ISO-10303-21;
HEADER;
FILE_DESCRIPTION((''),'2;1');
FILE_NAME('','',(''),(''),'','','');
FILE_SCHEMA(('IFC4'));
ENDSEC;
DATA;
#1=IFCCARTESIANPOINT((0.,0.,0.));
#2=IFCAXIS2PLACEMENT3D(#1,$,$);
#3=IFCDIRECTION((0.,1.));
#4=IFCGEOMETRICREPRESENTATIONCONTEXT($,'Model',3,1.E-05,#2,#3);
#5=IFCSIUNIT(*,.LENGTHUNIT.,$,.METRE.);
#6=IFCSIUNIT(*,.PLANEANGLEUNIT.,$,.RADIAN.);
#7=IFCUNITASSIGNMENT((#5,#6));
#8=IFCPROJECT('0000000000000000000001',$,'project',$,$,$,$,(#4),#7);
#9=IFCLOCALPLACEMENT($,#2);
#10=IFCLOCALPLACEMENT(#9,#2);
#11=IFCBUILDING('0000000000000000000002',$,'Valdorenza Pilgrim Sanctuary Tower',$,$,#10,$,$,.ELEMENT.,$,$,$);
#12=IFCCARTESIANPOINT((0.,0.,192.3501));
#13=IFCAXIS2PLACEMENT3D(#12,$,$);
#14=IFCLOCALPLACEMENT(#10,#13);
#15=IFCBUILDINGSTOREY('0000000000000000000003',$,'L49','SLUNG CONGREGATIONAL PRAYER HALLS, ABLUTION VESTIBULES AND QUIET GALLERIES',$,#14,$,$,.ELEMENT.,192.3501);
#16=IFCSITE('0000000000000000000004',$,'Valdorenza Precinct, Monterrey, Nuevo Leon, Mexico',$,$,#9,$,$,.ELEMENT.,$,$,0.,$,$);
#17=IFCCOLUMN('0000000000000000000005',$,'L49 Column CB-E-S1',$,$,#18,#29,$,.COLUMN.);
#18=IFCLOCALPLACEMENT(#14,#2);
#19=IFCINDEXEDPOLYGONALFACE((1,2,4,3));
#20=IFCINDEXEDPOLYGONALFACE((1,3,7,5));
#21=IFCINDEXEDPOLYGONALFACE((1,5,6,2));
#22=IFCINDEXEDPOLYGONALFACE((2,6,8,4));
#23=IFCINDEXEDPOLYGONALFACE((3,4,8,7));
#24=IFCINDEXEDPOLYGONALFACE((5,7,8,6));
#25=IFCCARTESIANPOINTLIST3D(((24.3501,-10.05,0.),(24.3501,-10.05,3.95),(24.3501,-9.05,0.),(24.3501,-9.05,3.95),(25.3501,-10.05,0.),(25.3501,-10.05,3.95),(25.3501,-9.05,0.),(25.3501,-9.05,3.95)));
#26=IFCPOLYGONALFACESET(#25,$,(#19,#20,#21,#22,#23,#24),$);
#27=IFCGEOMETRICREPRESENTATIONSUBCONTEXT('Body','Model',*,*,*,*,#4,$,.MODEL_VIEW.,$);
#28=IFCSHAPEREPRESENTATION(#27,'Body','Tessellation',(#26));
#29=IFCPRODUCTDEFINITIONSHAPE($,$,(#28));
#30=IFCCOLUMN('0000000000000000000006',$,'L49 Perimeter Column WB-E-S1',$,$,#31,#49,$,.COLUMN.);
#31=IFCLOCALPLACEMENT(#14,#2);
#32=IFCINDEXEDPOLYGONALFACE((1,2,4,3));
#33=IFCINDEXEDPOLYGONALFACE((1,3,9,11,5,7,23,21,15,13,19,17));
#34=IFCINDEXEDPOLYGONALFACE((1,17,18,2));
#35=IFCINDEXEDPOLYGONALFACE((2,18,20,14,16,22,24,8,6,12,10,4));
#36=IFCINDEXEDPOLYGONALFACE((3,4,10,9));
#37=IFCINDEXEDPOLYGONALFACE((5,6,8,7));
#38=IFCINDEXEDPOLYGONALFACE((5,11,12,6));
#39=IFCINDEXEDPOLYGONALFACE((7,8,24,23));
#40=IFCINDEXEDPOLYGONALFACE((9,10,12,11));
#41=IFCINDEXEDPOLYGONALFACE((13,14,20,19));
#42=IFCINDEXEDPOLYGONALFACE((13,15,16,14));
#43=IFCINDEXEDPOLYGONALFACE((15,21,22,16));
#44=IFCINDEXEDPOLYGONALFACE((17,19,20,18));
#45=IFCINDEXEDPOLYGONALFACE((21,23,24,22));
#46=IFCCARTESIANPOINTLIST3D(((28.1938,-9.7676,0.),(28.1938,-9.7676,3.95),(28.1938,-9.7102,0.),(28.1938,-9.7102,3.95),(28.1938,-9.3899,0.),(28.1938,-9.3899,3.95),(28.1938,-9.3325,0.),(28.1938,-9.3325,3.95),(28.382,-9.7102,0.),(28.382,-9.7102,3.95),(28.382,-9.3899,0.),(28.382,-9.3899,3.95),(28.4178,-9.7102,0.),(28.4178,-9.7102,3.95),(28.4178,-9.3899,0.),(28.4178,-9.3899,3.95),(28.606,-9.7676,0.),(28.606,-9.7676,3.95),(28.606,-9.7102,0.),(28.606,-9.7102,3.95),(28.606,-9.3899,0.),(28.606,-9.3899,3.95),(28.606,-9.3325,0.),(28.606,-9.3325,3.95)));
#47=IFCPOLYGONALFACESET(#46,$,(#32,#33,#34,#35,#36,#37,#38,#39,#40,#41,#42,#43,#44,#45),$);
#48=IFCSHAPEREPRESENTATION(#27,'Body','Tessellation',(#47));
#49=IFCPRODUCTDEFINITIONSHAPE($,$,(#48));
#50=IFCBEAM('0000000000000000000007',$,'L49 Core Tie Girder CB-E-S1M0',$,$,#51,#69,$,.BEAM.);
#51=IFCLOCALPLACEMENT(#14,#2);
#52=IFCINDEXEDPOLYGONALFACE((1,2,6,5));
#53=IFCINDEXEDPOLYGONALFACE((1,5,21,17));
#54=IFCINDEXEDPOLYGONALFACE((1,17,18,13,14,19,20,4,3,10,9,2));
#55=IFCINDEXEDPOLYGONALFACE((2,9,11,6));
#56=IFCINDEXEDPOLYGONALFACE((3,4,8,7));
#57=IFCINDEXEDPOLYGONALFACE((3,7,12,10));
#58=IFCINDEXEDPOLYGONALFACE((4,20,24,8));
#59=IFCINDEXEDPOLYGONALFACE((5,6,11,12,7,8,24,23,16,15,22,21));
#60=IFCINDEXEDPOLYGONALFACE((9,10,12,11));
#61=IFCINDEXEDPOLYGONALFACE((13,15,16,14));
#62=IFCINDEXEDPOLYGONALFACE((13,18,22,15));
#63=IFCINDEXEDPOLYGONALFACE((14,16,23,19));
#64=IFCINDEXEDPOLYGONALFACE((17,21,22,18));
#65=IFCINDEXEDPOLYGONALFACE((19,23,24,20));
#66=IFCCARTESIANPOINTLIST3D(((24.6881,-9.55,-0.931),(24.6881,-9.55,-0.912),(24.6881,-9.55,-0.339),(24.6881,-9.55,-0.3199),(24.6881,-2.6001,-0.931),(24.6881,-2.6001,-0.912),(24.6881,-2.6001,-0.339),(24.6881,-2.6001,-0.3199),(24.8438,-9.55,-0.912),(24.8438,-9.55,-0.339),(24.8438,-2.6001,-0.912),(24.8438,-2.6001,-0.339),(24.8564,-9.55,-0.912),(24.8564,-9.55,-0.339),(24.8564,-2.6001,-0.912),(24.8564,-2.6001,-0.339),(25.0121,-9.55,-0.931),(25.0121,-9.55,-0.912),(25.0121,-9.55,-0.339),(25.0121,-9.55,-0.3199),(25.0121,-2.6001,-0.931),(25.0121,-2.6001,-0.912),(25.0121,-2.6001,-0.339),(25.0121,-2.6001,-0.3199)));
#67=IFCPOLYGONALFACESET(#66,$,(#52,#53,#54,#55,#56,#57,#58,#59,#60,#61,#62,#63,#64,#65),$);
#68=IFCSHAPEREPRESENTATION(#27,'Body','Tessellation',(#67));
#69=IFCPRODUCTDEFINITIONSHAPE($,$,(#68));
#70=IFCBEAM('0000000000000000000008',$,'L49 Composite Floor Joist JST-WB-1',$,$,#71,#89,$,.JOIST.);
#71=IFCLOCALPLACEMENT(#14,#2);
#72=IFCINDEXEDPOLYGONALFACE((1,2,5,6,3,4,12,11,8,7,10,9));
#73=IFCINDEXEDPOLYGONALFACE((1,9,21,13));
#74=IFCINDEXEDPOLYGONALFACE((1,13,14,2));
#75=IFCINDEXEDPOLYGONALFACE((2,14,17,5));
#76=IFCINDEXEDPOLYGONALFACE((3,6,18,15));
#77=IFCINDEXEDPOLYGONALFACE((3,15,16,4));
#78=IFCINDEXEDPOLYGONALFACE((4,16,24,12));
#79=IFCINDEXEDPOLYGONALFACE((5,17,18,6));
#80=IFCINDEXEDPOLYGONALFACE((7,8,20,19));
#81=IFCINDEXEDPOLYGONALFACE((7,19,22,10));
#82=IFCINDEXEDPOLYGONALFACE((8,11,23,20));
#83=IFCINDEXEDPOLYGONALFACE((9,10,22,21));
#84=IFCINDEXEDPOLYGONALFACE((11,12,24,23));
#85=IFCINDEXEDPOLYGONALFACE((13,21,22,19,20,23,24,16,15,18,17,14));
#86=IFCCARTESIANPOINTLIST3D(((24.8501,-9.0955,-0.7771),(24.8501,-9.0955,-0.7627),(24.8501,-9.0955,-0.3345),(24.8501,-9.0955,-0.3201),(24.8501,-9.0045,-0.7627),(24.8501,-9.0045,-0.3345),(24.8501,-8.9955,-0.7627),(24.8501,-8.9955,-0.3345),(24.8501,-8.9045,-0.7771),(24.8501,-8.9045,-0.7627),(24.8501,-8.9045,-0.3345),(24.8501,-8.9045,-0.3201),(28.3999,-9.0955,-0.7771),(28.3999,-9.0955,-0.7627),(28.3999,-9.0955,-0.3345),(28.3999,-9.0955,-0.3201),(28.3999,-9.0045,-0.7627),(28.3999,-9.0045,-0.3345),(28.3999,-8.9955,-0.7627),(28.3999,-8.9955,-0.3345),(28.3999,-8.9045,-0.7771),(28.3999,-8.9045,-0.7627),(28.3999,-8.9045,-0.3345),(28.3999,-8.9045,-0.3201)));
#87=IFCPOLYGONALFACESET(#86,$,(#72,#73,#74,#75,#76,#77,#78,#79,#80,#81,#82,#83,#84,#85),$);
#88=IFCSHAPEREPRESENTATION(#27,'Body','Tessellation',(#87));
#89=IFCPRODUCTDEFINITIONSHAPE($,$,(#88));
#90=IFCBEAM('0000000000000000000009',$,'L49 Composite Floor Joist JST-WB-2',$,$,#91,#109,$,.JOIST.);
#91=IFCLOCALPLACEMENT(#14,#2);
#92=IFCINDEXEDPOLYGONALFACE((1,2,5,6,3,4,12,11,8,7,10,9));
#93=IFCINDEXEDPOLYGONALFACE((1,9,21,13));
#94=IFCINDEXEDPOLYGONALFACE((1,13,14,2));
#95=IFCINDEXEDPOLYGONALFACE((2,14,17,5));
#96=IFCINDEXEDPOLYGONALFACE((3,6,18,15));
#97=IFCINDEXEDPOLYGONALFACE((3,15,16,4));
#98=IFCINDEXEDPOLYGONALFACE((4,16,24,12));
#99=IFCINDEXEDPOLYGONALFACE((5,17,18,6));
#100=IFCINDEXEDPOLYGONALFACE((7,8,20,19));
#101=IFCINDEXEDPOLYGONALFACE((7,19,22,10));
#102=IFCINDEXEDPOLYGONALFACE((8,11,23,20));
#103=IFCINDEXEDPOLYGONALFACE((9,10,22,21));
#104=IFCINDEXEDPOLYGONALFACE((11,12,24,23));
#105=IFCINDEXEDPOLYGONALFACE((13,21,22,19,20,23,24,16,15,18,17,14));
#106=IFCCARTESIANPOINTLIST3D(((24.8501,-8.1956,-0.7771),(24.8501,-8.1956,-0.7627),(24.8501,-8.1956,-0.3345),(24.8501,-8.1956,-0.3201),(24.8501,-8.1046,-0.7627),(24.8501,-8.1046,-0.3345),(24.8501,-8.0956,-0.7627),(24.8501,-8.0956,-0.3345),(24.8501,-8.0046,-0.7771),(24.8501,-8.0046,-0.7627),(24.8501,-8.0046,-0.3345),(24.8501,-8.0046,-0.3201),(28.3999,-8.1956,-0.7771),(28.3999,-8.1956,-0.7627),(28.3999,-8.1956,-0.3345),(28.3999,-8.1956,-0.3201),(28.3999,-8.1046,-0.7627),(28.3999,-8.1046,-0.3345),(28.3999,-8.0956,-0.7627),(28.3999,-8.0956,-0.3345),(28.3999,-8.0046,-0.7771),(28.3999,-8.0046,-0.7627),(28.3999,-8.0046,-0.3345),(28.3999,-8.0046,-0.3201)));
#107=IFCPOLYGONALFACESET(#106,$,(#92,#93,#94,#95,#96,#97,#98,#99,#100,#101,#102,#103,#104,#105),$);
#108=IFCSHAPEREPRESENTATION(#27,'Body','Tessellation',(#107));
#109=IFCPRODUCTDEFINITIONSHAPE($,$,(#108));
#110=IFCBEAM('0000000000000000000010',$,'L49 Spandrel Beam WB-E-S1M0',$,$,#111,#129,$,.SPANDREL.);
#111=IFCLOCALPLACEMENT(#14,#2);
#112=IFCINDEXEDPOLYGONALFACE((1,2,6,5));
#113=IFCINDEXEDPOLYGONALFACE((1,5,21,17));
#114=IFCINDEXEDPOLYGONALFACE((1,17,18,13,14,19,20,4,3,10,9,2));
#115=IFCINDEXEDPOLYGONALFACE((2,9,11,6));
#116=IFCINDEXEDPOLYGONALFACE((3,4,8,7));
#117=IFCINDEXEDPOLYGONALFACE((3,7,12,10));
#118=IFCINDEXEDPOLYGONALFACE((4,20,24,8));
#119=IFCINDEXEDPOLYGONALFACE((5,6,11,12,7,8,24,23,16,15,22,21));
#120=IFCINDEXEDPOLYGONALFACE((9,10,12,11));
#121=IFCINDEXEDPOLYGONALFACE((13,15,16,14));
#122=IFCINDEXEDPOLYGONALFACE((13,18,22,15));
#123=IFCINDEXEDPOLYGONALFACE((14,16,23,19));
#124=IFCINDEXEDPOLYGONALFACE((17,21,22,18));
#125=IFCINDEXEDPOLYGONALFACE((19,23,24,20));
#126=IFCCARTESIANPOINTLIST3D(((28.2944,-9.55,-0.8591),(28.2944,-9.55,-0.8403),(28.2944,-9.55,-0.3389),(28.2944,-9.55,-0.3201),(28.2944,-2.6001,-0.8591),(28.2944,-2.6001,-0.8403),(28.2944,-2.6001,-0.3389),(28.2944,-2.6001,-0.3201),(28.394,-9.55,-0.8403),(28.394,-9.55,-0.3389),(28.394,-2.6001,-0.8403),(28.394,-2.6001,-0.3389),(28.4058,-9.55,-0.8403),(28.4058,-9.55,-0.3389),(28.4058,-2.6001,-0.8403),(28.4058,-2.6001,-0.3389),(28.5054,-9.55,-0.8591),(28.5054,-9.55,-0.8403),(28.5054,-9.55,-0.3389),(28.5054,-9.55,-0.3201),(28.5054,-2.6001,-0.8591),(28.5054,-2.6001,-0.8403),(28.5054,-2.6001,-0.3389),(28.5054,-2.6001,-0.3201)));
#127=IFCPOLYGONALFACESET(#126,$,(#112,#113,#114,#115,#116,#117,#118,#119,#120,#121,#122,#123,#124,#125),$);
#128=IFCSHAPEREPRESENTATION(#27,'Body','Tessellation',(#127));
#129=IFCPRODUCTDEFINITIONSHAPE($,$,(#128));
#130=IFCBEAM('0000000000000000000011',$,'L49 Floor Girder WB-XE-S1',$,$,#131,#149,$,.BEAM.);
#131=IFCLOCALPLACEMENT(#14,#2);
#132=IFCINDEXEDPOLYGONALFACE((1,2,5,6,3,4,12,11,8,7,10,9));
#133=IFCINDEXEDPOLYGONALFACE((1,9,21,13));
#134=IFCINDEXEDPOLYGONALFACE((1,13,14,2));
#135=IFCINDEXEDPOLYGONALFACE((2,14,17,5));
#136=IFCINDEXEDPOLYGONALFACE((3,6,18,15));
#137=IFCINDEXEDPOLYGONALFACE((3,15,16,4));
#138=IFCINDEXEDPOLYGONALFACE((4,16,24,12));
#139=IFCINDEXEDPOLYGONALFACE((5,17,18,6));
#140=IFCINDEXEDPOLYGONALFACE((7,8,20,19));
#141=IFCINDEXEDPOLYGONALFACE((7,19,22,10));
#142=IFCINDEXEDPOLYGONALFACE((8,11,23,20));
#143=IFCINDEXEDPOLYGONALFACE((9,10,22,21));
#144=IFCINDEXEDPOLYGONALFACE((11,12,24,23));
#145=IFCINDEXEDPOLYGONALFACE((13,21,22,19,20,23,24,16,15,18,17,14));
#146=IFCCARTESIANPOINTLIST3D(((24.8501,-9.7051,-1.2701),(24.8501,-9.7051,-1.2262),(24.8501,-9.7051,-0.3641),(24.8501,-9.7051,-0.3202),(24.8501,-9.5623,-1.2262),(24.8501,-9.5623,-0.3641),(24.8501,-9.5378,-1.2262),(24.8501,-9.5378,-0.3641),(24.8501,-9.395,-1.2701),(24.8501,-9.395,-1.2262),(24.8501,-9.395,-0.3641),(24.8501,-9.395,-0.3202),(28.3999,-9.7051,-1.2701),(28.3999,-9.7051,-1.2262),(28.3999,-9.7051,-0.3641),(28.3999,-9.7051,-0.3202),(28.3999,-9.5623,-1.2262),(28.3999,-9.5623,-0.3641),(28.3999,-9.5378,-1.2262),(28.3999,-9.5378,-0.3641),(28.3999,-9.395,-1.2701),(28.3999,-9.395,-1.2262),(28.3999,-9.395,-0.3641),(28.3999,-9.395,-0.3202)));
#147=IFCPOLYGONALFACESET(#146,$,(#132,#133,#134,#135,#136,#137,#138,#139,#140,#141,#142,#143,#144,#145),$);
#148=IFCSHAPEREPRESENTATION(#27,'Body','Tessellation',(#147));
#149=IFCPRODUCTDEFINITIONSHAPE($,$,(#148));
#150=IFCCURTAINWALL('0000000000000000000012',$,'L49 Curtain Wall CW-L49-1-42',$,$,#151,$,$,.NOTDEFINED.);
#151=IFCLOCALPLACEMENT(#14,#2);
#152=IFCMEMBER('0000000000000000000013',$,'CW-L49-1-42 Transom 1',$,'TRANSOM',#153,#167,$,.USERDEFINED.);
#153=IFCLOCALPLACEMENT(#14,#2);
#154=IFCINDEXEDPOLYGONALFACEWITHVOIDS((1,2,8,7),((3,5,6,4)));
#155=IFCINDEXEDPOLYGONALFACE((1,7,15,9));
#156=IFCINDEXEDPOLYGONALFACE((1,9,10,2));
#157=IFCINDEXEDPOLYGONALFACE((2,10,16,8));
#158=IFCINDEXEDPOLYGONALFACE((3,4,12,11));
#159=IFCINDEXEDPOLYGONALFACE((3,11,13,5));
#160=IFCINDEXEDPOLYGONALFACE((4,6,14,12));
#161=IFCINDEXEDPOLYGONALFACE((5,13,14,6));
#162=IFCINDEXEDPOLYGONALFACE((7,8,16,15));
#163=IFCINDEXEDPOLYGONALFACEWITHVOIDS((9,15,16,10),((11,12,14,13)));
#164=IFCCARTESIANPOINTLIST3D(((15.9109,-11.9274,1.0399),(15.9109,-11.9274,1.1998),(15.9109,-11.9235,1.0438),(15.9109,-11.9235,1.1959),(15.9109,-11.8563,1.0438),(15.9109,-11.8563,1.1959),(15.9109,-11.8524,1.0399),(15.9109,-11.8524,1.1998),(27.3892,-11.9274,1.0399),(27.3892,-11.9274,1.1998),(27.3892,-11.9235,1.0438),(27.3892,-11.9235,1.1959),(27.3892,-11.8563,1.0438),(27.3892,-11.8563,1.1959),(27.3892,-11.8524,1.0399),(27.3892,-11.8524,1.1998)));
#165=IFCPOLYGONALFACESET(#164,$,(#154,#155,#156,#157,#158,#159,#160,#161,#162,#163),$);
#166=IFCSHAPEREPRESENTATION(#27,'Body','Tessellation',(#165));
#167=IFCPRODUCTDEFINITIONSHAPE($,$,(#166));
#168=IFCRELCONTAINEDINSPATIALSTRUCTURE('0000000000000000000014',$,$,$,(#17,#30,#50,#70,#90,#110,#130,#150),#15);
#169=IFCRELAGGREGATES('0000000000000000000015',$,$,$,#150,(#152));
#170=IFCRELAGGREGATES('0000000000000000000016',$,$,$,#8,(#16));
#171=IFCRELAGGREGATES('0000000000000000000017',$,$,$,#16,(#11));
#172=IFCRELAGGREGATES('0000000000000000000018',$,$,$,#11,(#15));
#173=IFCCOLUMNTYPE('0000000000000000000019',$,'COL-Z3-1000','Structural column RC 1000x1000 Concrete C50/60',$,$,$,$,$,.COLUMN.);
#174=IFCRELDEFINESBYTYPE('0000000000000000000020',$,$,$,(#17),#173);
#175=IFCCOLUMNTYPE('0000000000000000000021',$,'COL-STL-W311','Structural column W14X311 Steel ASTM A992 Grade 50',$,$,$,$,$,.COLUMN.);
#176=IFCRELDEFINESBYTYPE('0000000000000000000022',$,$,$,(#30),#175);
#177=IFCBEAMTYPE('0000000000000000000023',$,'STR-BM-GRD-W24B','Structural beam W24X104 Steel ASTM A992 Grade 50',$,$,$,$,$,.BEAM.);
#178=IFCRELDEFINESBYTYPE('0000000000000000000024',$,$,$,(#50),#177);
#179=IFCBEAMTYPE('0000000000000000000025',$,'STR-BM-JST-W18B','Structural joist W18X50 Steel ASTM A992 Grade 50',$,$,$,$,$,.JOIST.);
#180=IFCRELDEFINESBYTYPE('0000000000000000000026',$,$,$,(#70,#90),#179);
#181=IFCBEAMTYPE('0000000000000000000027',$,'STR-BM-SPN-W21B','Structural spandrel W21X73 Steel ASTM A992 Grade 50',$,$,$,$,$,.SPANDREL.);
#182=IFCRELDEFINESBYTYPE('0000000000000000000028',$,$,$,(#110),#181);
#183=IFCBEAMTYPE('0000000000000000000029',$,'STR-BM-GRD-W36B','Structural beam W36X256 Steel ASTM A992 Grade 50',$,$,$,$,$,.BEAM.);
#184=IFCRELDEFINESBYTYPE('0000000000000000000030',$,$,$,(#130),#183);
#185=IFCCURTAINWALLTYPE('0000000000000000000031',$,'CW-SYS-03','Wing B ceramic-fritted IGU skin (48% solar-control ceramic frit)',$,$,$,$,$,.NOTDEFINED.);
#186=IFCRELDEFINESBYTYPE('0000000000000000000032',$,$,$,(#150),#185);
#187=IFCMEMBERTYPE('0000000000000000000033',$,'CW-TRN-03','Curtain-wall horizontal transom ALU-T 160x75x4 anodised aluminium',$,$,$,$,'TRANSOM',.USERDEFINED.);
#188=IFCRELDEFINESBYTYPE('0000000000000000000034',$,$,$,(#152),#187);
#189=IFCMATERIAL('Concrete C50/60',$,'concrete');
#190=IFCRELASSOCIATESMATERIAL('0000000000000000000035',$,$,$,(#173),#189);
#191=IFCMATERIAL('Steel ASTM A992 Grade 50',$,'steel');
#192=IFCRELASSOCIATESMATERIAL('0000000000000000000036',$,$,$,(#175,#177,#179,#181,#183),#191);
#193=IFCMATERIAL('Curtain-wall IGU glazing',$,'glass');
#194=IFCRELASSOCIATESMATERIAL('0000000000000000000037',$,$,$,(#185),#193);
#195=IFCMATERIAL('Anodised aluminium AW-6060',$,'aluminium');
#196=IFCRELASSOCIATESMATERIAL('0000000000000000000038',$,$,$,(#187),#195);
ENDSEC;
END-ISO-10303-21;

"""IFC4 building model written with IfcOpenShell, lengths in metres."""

from ifc_helpers import new_model, si_unit, direction, frame, origin, origin_2d, place, context, subcontext, project, spatial, rectangle, hollow_rectangle, i_section, extrude, source, transform, mapped, material, material_profile, profile_set, type_object, element, aggregate, save


model = new_model("IFC4")

# Units and contexts
model_context = context("Model", 3, precision=1e-05, world=origin(), true_north=direction((0.0, 1.0)))
body_context = subcontext(model_context, "Body", "Model", "MODEL_VIEW")
ifc_project = project(units=[si_unit("LENGTHUNIT", "METRE"), si_unit("PLANEANGLEUNIT", "RADIAN")], contexts=[model_context])

# Site, building, storey
site_placement = place(None, origin())
site = spatial("IfcSite", under=ifc_project, at=site_placement, Name="Valdorenza Precinct, Monterrey, Nuevo Leon, Mexico", CompositionType="ELEMENT", RefElevation=0.0)
building_placement = place(site_placement, origin())
building = spatial("IfcBuilding", under=site, at=building_placement, Name="Valdorenza Pilgrim Sanctuary Tower", CompositionType="ELEMENT")
storey_placement = place(building_placement, frame((0.0, 0.0, 192.3501)))
storey = spatial("IfcBuildingStorey", under=building, at=storey_placement, Name="L49", Description="SLUNG CONGREGATIONAL PRAYER HALLS, ABLUTION VESTIBULES AND QUIET GALLERIES", CompositionType="ELEMENT", Elevation=192.3501)

# Columns
ifc_material_1 = material(Name="Concrete C50/60", Category="concrete")
ifc_material_profile_1 = material_profile(ifc_material_1, rectangle(XDim=1.0, YDim=1.0, at=origin_2d()), Name="RC 1000x1000")
ifc_profile_set_1 = profile_set([ifc_material_profile_1], Name="Concrete C50/60")
column_type_1 = type_object("IfcColumnType", Name="COL-Z3-1000", Description="Structural column RC 1000x1000 Concrete C50/60", PredefinedType="COLUMN", material=ifc_profile_set_1)
shared_shape_1 = source(origin(), body_context, "Body", "SweptSolid", [
    extrude(rectangle(XDim=1.0, YDim=1.0, at=origin_2d()), origin(), (0.0, 0.0, 1.0), 3.95),
])
column_1_placement = place(storey_placement, frame((24.8501, -9.55, 0.0), z_axis=(0.0, 0.0, 1.0), x_axis=(1.0, 0.0, 0.0)))
element("IfcColumn", 1, at=column_1_placement, inside=storey, type_object=column_type_1, Name="L49 Column CB-E-S1", PredefinedType="COLUMN", context=body_context, shape_type="MappedRepresentation", body=[
    mapped(shared_shape_1, transform((0.0, 0.0, 0.0), x_axis=(1.0, 0.0, 0.0), y_axis=(0.0, 1.0, 0.0), z_axis=(0.0, 0.0, 1.0), scale=1.0)),
])
ifc_material_2 = material(Name="Steel ASTM A992 Grade 50", Category="steel")
ifc_material_profile_2 = material_profile(ifc_material_2, i_section(OverallWidth=0.4121, OverallDepth=0.4351, WebThickness=0.0359, FlangeThickness=0.0574, at=origin_2d()), Name="W14X311")
ifc_profile_set_2 = profile_set([ifc_material_profile_2], Name="Steel ASTM A992 Grade 50")
column_type_2 = type_object("IfcColumnType", Name="COL-STL-W311", Description="Structural column W14X311 Steel ASTM A992 Grade 50", PredefinedType="COLUMN", material=ifc_profile_set_2)
shared_shape_2 = source(origin(), body_context, "Body", "SweptSolid", [
    extrude(i_section(OverallWidth=0.4121, OverallDepth=0.4351, WebThickness=0.0359, FlangeThickness=0.0574, at=origin_2d()), origin(), (0.0, 0.0, 1.0), 3.95),
])
column_2_placement = place(storey_placement, frame((28.3999, -9.55, 0.0), z_axis=(0.0, 0.0, 1.0), x_axis=(1.0, 0.0, 0.0)))
element("IfcColumn", 2, at=column_2_placement, inside=storey, type_object=column_type_2, Name="L49 Perimeter Column WB-E-S1", PredefinedType="COLUMN", context=body_context, shape_type="MappedRepresentation", body=[
    mapped(shared_shape_2, transform((0.0, 0.0, 0.0), x_axis=(1.0, 0.0, 0.0), y_axis=(0.0, 1.0, 0.0), z_axis=(0.0, 0.0, 1.0), scale=1.0)),
])

# Beams
ifc_material_profile_3 = material_profile(ifc_material_2, i_section(OverallWidth=0.324, OverallDepth=0.6111, WebThickness=0.0127, FlangeThickness=0.019, at=origin_2d()), Name="W24X104")
ifc_profile_set_3 = profile_set([ifc_material_profile_3], Name="Steel ASTM A992 Grade 50")
beam_type_1 = type_object("IfcBeamType", Name="STR-BM-GRD-W24B", Description="Structural beam W24X104 Steel ASTM A992 Grade 50", PredefinedType="BEAM", material=ifc_profile_set_3)
shared_shape_3 = source(origin(), body_context, "Body", "SweptSolid", [
    extrude(i_section(OverallWidth=0.324, OverallDepth=0.6111, WebThickness=0.0127, FlangeThickness=0.019, at=origin_2d()), origin(), (0.0, 0.0, 1.0), 6.95),
])
beam_1_placement = place(storey_placement, frame((24.8501, -9.55, -0.6255), z_axis=(0.0, 1.0, 0.0), x_axis=(-1.0, 0.0, 0.0)))
element("IfcBeam", 3, at=beam_1_placement, inside=storey, type_object=beam_type_1, Name="L49 Core Tie Girder CB-E-S1M0", PredefinedType="BEAM", context=body_context, shape_type="MappedRepresentation", body=[
    mapped(shared_shape_3, transform((0.0, 0.0, 0.0), x_axis=(1.0, 0.0, 0.0), y_axis=(0.0, 1.0, 0.0), z_axis=(0.0, 0.0, 1.0), scale=1.0)),
])
ifc_material_profile_4 = material_profile(ifc_material_2, i_section(OverallWidth=0.1909, OverallDepth=0.457, WebThickness=0.009, FlangeThickness=0.0144, at=origin_2d()), Name="W18X50")
ifc_profile_set_4 = profile_set([ifc_material_profile_4], Name="Steel ASTM A992 Grade 50")
beam_type_2 = type_object("IfcBeamType", Name="STR-BM-JST-W18B", Description="Structural joist W18X50 Steel ASTM A992 Grade 50", PredefinedType="JOIST", material=ifc_profile_set_4)
shared_shape_4 = source(origin(), body_context, "Body", "SweptSolid", [
    extrude(i_section(OverallWidth=0.1909, OverallDepth=0.457, WebThickness=0.009, FlangeThickness=0.0144, at=origin_2d()), origin(), (0.0, 0.0, 1.0), 3.5498),
])
for number, where, z_axis, x_axis, name in (
    (4, (24.8501, -9.0, -0.5486), (1.0, 0.0, 0.0), (0.0, 1.0, 0.0), "L49 Composite Floor Joist JST-WB-1"),
    (5, (24.8501, -8.1001, -0.5486), (1.0, 0.0, 0.0), (0.0, 1.0, 0.0), "L49 Composite Floor Joist JST-WB-2"),
):
    element("IfcBeam", number, at=place(storey_placement, frame(where, z_axis=z_axis, x_axis=x_axis)), inside=storey, type_object=beam_type_2, Name=name, PredefinedType="JOIST", context=body_context, shape_type="MappedRepresentation", body=[
        mapped(shared_shape_4, transform((0.0, 0.0, 0.0), x_axis=(1.0, 0.0, 0.0), y_axis=(0.0, 1.0, 0.0), z_axis=(0.0, 0.0, 1.0), scale=1.0)),
    ])
ifc_material_profile_5 = material_profile(ifc_material_2, i_section(OverallWidth=0.2109, OverallDepth=0.5391, WebThickness=0.0117, FlangeThickness=0.0188, at=origin_2d()), Name="W21X73")
ifc_profile_set_5 = profile_set([ifc_material_profile_5], Name="Steel ASTM A992 Grade 50")
beam_type_3 = type_object("IfcBeamType", Name="STR-BM-SPN-W21B", Description="Structural spandrel W21X73 Steel ASTM A992 Grade 50", PredefinedType="SPANDREL", material=ifc_profile_set_5)
shared_shape_5 = source(origin(), body_context, "Body", "SweptSolid", [
    extrude(i_section(OverallWidth=0.2109, OverallDepth=0.5391, WebThickness=0.0117, FlangeThickness=0.0188, at=origin_2d()), origin(), (0.0, 0.0, 1.0), 6.95),
])
beam_2_placement = place(storey_placement, frame((28.3999, -9.55, -0.5896), z_axis=(0.0, 1.0, 0.0), x_axis=(-1.0, 0.0, 0.0)))
element("IfcBeam", 6, at=beam_2_placement, inside=storey, type_object=beam_type_3, Name="L49 Spandrel Beam WB-E-S1M0", PredefinedType="SPANDREL", context=body_context, shape_type="MappedRepresentation", body=[
    mapped(shared_shape_5, transform((0.0, 0.0, 0.0), x_axis=(1.0, 0.0, 0.0), y_axis=(0.0, 1.0, 0.0), z_axis=(0.0, 0.0, 1.0), scale=1.0)),
])
ifc_material_profile_6 = material_profile(ifc_material_2, i_section(OverallWidth=0.3101, OverallDepth=0.95, WebThickness=0.0244, FlangeThickness=0.0439, at=origin_2d()), Name="W36X256")
ifc_profile_set_6 = profile_set([ifc_material_profile_6], Name="Steel ASTM A992 Grade 50")
beam_type_4 = type_object("IfcBeamType", Name="STR-BM-GRD-W36B", Description="Structural beam W36X256 Steel ASTM A992 Grade 50", PredefinedType="BEAM", material=ifc_profile_set_6)
shared_shape_6 = source(origin(), body_context, "Body", "SweptSolid", [
    extrude(i_section(OverallWidth=0.3101, OverallDepth=0.95, WebThickness=0.0244, FlangeThickness=0.0439, at=origin_2d()), origin(), (0.0, 0.0, 1.0), 3.5498),
])
beam_3_placement = place(storey_placement, frame((24.8501, -9.55, -0.7952), z_axis=(1.0, 0.0, 0.0), x_axis=(0.0, 1.0, 0.0)))
element("IfcBeam", 7, at=beam_3_placement, inside=storey, type_object=beam_type_4, Name="L49 Floor Girder WB-XE-S1", PredefinedType="BEAM", context=body_context, shape_type="MappedRepresentation", body=[
    mapped(shared_shape_6, transform((0.0, 0.0, 0.0), x_axis=(1.0, 0.0, 0.0), y_axis=(0.0, 1.0, 0.0), z_axis=(0.0, 0.0, 1.0), scale=1.0)),
])

# Curtain wall, member
ifc_material_3 = material(Name="Curtain-wall IGU glazing", Category="glass")
curtain_wall_type = type_object("IfcCurtainWallType", Name="CW-SYS-03", Description="Wing B ceramic-fritted IGU skin (48% solar-control ceramic frit)", PredefinedType="NOTDEFINED", material=ifc_material_3)
curtain_wall_1_placement = place(storey_placement, origin())
curtain_wall_1 = element("IfcCurtainWall", 8, at=curtain_wall_1_placement, inside=storey, type_object=curtain_wall_type, Name="L49 Curtain Wall CW-L49-1-42", PredefinedType="NOTDEFINED")
ifc_material_4 = material(Name="Anodised aluminium AW-6060", Category="aluminium")
ifc_material_profile_7 = material_profile(ifc_material_4, hollow_rectangle(XDim=0.075, YDim=0.1599, WallThickness=0.0039, at=origin_2d()), Name="ALU-T 160x75x4")
ifc_profile_set_7 = profile_set([ifc_material_profile_7], Name="Anodised aluminium AW-6060")
member_type_1 = type_object("IfcMemberType", Name="CW-TRN-03", Description="Curtain-wall horizontal transom ALU-T 160x75x4 anodised aluminium", ElementType="TRANSOM", PredefinedType="USERDEFINED", material=ifc_profile_set_7)
shared_shape_7 = source(origin(), body_context, "Body", "SweptSolid", [
    extrude(hollow_rectangle(XDim=0.075, YDim=0.1599, WallThickness=0.0039, at=origin_2d()), origin(), (0.0, 0.0, 1.0), 11.4783),
])
member_1_placement = place(storey_placement, frame((27.3892, -11.8899, 1.1199), z_axis=(-1.0, 0.0, 0.0), x_axis=(0.0, -1.0, 0.0)))
member_1 = element("IfcMember", 9, at=member_1_placement, type_object=member_type_1, Name="CW-L49-1-42 Transom 1", ObjectType="TRANSOM", PredefinedType="USERDEFINED", context=body_context, shape_type="MappedRepresentation", body=[
    mapped(shared_shape_7, transform((0.0, 0.0, 0.0), x_axis=(1.0, 0.0, 0.0), y_axis=(0.0, 1.0, 0.0), z_axis=(0.0, 0.0, 1.0), scale=1.0)),
])

aggregate(curtain_wall_1, [member_1])

save(model, "model.ifc")
